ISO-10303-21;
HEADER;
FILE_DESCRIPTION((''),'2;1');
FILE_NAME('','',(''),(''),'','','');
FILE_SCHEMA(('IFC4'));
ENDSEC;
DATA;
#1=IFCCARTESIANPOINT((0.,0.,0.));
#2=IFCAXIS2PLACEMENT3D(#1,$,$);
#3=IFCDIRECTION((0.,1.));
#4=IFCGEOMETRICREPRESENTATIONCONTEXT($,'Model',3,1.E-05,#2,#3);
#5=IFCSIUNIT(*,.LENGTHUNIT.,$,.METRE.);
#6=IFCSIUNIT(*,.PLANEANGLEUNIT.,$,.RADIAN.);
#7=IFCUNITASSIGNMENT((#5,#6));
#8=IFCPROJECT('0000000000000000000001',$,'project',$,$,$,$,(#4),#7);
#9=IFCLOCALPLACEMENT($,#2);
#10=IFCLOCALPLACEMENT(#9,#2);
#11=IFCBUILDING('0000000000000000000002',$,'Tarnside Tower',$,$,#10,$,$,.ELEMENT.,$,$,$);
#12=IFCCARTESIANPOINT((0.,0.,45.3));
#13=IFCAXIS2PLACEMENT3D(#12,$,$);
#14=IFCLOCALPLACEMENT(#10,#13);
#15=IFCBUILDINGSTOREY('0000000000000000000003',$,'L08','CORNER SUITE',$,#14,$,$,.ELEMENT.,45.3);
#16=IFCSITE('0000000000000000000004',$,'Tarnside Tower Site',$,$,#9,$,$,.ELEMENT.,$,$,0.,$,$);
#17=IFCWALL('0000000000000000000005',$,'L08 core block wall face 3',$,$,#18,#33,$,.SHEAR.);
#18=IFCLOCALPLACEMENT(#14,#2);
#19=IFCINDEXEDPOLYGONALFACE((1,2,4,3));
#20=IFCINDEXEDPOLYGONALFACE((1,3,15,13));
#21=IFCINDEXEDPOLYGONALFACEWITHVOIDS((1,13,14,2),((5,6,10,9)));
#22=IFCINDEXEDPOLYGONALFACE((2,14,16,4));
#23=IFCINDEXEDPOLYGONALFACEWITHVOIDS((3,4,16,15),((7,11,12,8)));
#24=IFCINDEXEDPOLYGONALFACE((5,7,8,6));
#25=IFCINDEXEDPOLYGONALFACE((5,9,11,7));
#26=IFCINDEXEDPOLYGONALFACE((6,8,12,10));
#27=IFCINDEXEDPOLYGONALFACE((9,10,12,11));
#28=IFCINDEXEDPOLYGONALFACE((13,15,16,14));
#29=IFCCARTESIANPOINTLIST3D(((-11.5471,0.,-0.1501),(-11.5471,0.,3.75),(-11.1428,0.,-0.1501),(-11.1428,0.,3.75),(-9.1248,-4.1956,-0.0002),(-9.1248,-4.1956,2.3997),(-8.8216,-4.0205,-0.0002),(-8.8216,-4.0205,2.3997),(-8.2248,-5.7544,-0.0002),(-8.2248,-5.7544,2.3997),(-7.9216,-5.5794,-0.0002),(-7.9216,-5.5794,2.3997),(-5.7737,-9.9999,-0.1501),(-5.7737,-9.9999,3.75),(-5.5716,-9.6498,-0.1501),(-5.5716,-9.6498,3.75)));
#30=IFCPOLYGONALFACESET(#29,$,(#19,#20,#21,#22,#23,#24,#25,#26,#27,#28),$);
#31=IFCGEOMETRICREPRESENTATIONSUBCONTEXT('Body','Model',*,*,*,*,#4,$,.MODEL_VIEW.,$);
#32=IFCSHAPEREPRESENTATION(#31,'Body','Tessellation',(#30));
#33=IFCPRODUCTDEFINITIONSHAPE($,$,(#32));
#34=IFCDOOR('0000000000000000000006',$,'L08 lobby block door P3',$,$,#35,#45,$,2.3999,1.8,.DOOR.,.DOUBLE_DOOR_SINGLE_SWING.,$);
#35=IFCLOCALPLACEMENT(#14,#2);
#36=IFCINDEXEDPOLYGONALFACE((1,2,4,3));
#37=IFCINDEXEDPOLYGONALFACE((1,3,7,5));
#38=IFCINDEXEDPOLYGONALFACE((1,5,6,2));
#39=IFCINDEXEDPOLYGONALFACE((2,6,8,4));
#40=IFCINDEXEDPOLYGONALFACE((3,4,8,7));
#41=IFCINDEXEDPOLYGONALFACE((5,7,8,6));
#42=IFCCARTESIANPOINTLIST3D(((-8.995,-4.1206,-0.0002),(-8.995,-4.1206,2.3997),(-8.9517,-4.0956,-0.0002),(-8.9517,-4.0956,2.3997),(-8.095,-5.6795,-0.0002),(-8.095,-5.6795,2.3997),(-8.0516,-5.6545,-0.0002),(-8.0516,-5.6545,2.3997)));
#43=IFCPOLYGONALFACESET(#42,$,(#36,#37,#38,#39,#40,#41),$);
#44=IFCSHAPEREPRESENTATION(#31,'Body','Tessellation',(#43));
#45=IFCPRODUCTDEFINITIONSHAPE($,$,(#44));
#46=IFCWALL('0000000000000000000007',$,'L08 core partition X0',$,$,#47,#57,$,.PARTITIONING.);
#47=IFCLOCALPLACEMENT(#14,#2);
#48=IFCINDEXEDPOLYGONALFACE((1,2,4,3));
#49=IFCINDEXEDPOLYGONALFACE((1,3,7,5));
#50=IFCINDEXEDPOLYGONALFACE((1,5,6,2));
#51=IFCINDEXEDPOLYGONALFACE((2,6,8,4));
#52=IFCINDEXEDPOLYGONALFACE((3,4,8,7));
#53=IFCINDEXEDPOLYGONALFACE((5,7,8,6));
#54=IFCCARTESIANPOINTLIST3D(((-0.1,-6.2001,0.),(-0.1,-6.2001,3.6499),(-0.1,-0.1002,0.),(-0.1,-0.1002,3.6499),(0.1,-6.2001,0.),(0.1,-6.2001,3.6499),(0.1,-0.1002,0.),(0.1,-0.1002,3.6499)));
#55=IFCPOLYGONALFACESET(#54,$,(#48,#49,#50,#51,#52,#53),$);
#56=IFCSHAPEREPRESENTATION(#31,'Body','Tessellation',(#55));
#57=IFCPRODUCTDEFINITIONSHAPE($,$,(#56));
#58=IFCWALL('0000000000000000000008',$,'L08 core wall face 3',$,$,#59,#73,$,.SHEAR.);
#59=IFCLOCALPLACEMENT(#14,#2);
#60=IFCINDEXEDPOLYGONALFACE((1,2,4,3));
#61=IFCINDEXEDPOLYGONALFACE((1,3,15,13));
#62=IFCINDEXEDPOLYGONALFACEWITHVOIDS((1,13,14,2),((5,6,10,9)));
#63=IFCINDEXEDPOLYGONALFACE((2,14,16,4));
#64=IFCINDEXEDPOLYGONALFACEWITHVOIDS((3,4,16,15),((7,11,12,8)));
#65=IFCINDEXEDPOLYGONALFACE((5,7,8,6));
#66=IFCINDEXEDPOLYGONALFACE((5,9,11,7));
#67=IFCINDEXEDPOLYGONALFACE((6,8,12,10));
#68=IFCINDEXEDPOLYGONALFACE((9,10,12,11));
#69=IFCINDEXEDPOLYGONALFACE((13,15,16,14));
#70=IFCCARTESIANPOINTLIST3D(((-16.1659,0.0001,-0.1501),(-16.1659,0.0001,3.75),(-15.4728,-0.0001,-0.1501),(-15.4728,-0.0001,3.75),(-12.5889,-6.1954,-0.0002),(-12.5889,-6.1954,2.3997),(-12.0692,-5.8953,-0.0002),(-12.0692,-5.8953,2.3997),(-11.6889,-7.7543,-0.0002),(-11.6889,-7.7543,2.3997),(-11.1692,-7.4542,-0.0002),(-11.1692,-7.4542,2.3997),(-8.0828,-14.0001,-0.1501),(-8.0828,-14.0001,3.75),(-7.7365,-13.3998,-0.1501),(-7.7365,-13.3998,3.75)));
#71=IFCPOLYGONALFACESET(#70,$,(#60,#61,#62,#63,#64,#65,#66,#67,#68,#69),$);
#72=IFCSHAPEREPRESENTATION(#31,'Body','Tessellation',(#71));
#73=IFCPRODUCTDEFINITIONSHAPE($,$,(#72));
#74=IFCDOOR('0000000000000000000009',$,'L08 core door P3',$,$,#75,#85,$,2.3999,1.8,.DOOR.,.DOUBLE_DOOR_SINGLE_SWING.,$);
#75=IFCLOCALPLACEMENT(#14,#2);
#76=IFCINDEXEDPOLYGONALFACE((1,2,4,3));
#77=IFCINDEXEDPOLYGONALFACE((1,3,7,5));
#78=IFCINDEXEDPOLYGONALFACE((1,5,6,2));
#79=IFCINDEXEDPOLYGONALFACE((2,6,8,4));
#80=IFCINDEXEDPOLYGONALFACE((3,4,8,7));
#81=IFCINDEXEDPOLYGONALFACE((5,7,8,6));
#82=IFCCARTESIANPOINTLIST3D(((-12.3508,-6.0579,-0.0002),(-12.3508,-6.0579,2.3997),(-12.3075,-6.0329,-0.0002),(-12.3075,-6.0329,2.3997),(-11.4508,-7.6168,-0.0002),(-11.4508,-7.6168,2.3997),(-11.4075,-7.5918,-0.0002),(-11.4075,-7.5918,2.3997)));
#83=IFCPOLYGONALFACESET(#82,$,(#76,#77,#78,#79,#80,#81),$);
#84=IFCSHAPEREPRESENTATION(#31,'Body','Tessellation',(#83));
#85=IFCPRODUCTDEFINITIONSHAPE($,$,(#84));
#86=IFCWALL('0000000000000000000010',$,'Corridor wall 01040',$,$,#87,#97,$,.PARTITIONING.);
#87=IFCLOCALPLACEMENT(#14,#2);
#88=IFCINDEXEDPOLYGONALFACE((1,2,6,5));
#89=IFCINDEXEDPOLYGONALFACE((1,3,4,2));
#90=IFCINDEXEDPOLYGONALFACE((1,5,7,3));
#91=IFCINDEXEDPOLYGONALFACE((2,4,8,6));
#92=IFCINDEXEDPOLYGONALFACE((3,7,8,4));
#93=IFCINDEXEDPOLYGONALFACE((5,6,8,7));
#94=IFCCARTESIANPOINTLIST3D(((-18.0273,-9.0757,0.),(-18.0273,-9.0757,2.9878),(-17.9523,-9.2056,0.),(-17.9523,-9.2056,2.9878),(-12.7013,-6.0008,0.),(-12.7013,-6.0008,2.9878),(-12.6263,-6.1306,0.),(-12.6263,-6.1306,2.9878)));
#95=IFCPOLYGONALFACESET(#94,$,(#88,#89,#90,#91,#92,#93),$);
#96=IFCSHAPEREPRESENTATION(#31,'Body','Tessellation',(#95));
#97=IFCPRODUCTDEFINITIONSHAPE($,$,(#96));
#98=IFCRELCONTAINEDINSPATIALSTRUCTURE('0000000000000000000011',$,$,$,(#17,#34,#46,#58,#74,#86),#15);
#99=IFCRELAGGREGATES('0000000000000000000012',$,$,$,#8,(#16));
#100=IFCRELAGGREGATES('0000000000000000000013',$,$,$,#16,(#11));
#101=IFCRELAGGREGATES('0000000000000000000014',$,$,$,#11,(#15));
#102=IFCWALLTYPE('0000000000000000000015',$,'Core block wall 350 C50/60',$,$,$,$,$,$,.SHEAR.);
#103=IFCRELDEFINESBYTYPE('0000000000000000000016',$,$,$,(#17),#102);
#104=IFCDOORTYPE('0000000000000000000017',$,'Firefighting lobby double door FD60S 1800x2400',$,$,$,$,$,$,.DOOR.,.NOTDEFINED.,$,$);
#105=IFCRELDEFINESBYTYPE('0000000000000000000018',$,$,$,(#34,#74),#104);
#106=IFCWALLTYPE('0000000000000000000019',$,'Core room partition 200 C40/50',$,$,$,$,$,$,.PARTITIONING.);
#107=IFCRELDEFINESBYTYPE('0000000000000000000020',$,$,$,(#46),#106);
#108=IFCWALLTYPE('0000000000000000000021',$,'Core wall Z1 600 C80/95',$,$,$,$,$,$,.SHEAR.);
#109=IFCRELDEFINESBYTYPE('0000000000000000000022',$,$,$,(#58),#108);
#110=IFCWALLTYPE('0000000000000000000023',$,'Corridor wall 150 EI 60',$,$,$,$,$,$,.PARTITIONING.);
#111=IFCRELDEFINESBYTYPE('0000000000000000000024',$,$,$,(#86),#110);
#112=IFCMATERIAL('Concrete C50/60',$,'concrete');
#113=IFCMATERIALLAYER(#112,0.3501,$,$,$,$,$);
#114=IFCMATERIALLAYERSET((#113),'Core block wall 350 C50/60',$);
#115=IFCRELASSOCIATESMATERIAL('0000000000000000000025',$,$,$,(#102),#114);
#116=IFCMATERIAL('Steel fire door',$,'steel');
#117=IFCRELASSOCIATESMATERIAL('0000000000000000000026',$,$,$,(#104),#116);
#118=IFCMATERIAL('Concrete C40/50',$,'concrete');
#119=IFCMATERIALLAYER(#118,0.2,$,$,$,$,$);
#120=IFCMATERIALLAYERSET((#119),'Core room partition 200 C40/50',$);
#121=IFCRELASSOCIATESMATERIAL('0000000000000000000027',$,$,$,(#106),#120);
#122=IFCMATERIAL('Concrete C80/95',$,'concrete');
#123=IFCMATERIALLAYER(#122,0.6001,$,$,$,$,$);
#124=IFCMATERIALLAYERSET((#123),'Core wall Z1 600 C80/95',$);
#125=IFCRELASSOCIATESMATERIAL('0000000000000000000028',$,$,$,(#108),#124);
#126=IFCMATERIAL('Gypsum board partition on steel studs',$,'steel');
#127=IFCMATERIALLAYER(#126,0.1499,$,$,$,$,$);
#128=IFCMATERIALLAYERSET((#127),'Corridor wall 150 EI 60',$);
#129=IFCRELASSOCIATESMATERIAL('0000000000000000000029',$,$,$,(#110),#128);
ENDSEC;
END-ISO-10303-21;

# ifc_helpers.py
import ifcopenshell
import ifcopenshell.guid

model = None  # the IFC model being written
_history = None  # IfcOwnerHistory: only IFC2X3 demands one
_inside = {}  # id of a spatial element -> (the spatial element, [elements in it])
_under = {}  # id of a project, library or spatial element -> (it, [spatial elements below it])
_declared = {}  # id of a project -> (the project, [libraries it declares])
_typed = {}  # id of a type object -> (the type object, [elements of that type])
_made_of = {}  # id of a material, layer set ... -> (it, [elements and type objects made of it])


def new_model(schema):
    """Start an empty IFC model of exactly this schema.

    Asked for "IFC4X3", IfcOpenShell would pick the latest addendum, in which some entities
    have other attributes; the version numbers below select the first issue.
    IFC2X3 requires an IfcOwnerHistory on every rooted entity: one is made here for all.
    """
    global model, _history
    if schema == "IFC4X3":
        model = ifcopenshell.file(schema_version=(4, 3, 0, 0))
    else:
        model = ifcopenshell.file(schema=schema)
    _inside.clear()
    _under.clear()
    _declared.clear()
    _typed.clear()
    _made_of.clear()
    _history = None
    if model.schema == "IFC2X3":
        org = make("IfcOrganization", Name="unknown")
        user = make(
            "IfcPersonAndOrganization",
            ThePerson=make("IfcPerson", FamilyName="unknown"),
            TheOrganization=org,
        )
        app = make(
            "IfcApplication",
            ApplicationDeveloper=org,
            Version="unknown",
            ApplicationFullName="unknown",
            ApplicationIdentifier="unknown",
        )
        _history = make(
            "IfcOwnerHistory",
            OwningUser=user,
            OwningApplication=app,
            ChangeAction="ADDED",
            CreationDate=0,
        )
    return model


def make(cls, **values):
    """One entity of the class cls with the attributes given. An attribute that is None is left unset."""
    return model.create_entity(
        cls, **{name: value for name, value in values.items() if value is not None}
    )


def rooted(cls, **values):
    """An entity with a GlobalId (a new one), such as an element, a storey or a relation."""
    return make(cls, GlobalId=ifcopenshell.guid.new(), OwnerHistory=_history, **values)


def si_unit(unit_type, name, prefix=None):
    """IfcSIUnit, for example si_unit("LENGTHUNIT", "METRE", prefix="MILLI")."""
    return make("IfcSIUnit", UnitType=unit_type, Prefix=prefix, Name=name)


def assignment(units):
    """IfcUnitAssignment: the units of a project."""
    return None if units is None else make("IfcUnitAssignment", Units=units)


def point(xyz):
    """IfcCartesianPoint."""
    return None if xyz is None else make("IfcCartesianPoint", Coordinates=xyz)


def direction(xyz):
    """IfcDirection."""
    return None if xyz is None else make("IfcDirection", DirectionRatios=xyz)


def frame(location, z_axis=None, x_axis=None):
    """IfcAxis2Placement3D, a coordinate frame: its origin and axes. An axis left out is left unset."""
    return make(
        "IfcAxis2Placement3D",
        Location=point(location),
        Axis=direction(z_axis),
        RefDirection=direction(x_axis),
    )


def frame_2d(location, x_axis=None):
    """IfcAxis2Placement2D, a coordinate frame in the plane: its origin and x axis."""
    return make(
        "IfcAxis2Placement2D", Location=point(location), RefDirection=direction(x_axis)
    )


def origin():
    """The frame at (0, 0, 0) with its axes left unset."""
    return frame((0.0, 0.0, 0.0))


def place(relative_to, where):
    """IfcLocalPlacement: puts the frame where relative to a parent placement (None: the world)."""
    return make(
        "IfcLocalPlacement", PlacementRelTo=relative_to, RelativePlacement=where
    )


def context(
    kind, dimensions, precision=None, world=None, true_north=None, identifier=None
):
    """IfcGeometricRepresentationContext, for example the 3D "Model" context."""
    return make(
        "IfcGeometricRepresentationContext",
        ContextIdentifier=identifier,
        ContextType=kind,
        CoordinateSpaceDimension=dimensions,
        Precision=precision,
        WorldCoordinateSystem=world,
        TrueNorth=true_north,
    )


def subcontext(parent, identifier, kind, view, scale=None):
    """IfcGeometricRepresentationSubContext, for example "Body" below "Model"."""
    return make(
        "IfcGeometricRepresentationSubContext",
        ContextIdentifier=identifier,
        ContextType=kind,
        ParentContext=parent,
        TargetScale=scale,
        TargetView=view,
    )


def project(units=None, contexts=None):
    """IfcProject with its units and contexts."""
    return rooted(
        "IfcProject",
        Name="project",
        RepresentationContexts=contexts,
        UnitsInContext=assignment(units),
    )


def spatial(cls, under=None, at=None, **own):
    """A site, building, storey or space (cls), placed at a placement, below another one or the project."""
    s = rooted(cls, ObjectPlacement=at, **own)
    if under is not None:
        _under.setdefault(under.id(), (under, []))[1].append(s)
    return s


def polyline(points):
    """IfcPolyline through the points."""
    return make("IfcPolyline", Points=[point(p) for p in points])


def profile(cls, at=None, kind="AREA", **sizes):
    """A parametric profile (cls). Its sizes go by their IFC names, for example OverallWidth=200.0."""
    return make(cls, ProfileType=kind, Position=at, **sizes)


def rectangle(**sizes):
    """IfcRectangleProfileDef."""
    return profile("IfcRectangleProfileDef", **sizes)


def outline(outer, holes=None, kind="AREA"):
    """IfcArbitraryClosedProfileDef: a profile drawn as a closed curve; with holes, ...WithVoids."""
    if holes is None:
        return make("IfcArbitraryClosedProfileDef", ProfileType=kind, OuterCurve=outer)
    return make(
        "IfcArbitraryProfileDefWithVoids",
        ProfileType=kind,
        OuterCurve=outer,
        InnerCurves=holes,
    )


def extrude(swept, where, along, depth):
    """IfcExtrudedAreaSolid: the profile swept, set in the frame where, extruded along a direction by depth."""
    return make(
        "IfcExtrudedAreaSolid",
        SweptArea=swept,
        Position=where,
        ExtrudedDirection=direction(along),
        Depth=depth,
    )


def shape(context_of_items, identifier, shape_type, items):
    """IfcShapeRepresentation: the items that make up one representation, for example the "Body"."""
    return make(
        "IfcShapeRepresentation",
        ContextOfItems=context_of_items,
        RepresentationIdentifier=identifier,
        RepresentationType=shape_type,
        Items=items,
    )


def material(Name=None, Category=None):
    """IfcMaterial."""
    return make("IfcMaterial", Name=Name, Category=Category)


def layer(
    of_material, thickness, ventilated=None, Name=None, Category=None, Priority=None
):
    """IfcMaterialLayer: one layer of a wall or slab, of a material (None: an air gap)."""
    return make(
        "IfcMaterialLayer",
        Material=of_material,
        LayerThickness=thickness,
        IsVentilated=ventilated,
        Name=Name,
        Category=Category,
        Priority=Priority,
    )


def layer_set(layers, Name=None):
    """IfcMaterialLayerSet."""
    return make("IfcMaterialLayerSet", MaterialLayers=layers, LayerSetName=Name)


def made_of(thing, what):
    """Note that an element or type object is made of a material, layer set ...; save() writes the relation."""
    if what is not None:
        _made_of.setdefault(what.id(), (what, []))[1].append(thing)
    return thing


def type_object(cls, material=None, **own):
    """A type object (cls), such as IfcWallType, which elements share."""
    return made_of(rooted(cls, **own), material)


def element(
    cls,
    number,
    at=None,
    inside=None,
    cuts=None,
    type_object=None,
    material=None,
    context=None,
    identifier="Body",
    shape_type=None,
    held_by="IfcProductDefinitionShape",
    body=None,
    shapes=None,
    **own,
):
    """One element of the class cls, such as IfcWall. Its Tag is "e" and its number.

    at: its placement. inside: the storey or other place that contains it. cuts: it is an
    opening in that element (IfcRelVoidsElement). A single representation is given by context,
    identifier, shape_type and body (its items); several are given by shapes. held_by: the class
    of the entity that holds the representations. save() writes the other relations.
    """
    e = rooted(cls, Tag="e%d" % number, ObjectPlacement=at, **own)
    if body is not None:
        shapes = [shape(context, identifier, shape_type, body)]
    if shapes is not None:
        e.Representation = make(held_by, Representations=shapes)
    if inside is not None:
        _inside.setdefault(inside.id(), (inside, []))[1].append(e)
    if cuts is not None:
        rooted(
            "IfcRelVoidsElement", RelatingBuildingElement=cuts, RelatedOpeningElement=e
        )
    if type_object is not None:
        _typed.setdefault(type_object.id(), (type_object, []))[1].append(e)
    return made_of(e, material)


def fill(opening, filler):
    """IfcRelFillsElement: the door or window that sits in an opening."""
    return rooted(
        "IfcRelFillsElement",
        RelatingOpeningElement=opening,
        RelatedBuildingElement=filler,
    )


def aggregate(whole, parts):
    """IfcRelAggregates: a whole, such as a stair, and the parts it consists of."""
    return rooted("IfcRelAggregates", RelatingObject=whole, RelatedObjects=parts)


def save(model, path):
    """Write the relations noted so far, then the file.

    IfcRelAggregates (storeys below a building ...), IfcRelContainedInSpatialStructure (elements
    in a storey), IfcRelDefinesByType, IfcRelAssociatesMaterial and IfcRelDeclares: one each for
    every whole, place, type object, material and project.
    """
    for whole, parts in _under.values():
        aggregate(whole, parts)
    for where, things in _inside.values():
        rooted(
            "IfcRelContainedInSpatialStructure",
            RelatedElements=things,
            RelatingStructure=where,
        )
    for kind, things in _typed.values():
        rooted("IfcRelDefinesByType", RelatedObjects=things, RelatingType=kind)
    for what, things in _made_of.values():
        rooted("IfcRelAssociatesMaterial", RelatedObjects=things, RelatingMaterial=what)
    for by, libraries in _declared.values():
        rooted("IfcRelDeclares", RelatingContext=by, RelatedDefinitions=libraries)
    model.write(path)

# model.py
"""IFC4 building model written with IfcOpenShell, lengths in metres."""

from ifc_helpers import new_model, si_unit, direction, frame, frame_2d, origin, place, context, subcontext, project, spatial, polyline, rectangle, outline, extrude, material, layer, layer_set, type_object, element, fill, save


model = new_model("IFC4")

# Units and contexts
model_context = context("Model", 3, precision=1e-05, world=origin(), true_north=direction((0.0, 1.0)))
body_context = subcontext(model_context, "Body", "Model", "MODEL_VIEW")
ifc_project = project(units=[si_unit("LENGTHUNIT", "METRE"), si_unit("PLANEANGLEUNIT", "RADIAN")], contexts=[model_context])

# Site, building, storey
site_placement = place(None, origin())
site = spatial("IfcSite", under=ifc_project, at=site_placement, Name="Tarnside Tower Site", CompositionType="ELEMENT", RefElevation=0.0)
building_placement = place(site_placement, origin())
building = spatial("IfcBuilding", under=site, at=building_placement, Name="Tarnside Tower", CompositionType="ELEMENT")
storey_placement = place(building_placement, frame((0.0, 0.0, 45.3)))
storey = spatial("IfcBuildingStorey", under=building, at=storey_placement, Name="L08", Description="CORNER SUITE", CompositionType="ELEMENT", Elevation=45.3)

# Wall, opening, door
ifc_material_1 = material(Name="Concrete C50/60", Category="concrete")
ifc_layer_1 = layer(ifc_material_1, 0.3501)
ifc_layer_set_1 = layer_set([ifc_layer_1], Name="Core block wall 350 C50/60")
wall_type_1 = type_object("IfcWallType", Name="Core block wall 350 C50/60", PredefinedType="SHEAR", material=ifc_layer_set_1)
wall_1_placement = place(storey_placement, frame((-11.345, 0.0, -0.1501), z_axis=(0.0, 0.0, 1.0), x_axis=(0.499995, -0.866028, 0.0)))
wall_1 = element("IfcWall", 1, at=wall_1_placement, inside=storey, type_object=wall_type_1, Name="L08 core block wall face 3", PredefinedType="SHEAR", context=body_context, shape_type="SweptSolid", body=[
    extrude(outline(polyline([(-0.1011, -0.175), (11.4458, -0.175), (11.2437, 0.175), (0.1011, 0.175), (-0.1011, -0.175)])), origin(), (0.0, 0.0, 1.0), 3.9001),
])
opening_1_placement = place(wall_1_placement, frame((4.7437, 0.0, 0.1499)))
opening_1 = element("IfcOpeningElement", 2, at=opening_1_placement, cuts=wall_1, PredefinedType="OPENING", context=body_context, shape_type="SweptSolid", body=[
    extrude(rectangle(XDim=1.8, YDim=2.3999, at=frame_2d((0.8999, 1.2))), frame((0.0, 0.1851, 0.0), z_axis=(0.0, -1.0, 0.0), x_axis=(1.0, 0.0, 0.0)), (0.0, 0.0, 1.0), 0.3701),
])
ifc_material_2 = material(Name="Steel fire door", Category="steel")
door_type_1 = type_object("IfcDoorType", Name="Firefighting lobby double door FD60S 1800x2400", OperationType="NOTDEFINED", PredefinedType="DOOR", material=ifc_material_2)
door_1_placement = place(opening_1_placement, origin())
door_1 = element("IfcDoor", 3, at=door_1_placement, inside=storey, type_object=door_type_1, Name="L08 lobby block door P3", OperationType="DOUBLE_DOOR_SINGLE_SWING", OverallHeight=2.3999, OverallWidth=1.8, PredefinedType="DOOR", context=body_context, shape_type="SweptSolid", body=[
    extrude(rectangle(XDim=1.8, YDim=2.3999, at=frame_2d((0.8999, 1.2))), frame((0.0, 0.0249, 0.0), z_axis=(0.0, -1.0, 0.0), x_axis=(1.0, 0.0, 0.0)), (0.0, 0.0, 1.0), 0.05),
])
fill(opening_1, door_1)

# Wall
ifc_material_3 = material(Name="Concrete C40/50", Category="concrete")
ifc_layer_2 = layer(ifc_material_3, 0.2)
ifc_layer_set_2 = layer_set([ifc_layer_2], Name="Core room partition 200 C40/50")
wall_type_2 = type_object("IfcWallType", Name="Core room partition 200 C40/50", PredefinedType="PARTITIONING", material=ifc_layer_set_2)
wall_2_placement = place(storey_placement, frame((0.0, -6.2, 0.0), z_axis=(0.0, 0.0, 1.0), x_axis=(0.0, 1.0, 0.0)))
element("IfcWall", 4, at=wall_2_placement, inside=storey, type_object=wall_type_2, Name="L08 core partition X0", PredefinedType="PARTITIONING", context=body_context, shape_type="SweptSolid", body=[
    extrude(rectangle(XDim=6.0999, YDim=0.2, at=frame_2d((3.0498, 0.0))), origin(), (0.0, 0.0, 1.0), 3.6499),
])

# Wall, opening, door
ifc_material_4 = material(Name="Concrete C80/95", Category="concrete")
ifc_layer_3 = layer(ifc_material_4, 0.6001)
ifc_layer_set_3 = layer_set([ifc_layer_3], Name="Core wall Z1 600 C80/95")
wall_type_3 = type_object("IfcWallType", Name="Core wall Z1 600 C80/95", PredefinedType="SHEAR", material=ifc_layer_set_3)
wall_3_placement = place(storey_placement, frame((-15.8193, 0.0, -0.1501), z_axis=(0.0, 0.0, 1.0), x_axis=(0.5, -0.866025, 0.0)))
wall_3 = element("IfcWall", 5, at=wall_3_placement, inside=storey, type_object=wall_type_3, Name="L08 core wall face 3", PredefinedType="SHEAR", context=body_context, shape_type="SweptSolid", body=[
    extrude(outline(polyline([(-0.1733, -0.3), (15.9927, -0.3), (15.646, 0.3), (0.1733, 0.3), (-0.1733, -0.3)])), origin(), (0.0, 0.0, 1.0), 3.9001),
])
opening_2_placement = place(wall_3_placement, frame((6.9807, 0.0, 0.1499)))
opening_2 = element("IfcOpeningElement", 6, at=opening_2_placement, cuts=wall_3, PredefinedType="OPENING", context=body_context, shape_type="SweptSolid", body=[
    extrude(rectangle(XDim=1.8, YDim=2.3999, at=frame_2d((0.8999, 1.2))), frame((0.0, 0.3101, 0.0), z_axis=(0.0, -1.0, 0.0), x_axis=(1.0, 0.0, 0.0)), (0.0, 0.0, 1.0), 0.6201),
])
door_2_placement = place(opening_2_placement, origin())
door_2 = element("IfcDoor", 7, at=door_2_placement, inside=storey, type_object=door_type_1, Name="L08 core door P3", OperationType="DOUBLE_DOOR_SINGLE_SWING", OverallHeight=2.3999, OverallWidth=1.8, PredefinedType="DOOR", context=body_context, shape_type="SweptSolid", body=[
    extrude(rectangle(XDim=1.8, YDim=2.3999, at=frame_2d((0.8999, 1.2))), frame((0.0, 0.0249, 0.0), z_axis=(0.0, -1.0, 0.0), x_axis=(1.0, 0.0, 0.0)), (0.0, 0.0, 1.0), 0.05),
])
fill(opening_2, door_2)

# Wall
ifc_material_5 = material(Name="Gypsum board partition on steel studs", Category="steel")
ifc_layer_4 = layer(ifc_material_5, 0.1499)
ifc_layer_set_4 = layer_set([ifc_layer_4], Name="Corridor wall 150 EI 60")
wall_type_4 = type_object("IfcWallType", Name="Corridor wall 150 EI 60", PredefinedType="PARTITIONING", material=ifc_layer_set_4)
wall_4_placement = place(storey_placement, frame((-12.6638, -6.0657, 0.0), z_axis=(0.0, 0.0, 1.0), x_axis=(-0.866024, -0.500003, 0.0)))
element("IfcWall", 8, at=wall_4_placement, inside=storey, type_object=wall_type_4, Name="Corridor wall 01040", PredefinedType="PARTITIONING", context=body_context, shape_type="SweptSolid", body=[
    extrude(rectangle(XDim=6.1499, YDim=0.1499, at=frame_2d((3.075, 0.0))), origin(), (0.0, 0.0, 1.0), 2.9878),
])

save(model, "model.ifc")
